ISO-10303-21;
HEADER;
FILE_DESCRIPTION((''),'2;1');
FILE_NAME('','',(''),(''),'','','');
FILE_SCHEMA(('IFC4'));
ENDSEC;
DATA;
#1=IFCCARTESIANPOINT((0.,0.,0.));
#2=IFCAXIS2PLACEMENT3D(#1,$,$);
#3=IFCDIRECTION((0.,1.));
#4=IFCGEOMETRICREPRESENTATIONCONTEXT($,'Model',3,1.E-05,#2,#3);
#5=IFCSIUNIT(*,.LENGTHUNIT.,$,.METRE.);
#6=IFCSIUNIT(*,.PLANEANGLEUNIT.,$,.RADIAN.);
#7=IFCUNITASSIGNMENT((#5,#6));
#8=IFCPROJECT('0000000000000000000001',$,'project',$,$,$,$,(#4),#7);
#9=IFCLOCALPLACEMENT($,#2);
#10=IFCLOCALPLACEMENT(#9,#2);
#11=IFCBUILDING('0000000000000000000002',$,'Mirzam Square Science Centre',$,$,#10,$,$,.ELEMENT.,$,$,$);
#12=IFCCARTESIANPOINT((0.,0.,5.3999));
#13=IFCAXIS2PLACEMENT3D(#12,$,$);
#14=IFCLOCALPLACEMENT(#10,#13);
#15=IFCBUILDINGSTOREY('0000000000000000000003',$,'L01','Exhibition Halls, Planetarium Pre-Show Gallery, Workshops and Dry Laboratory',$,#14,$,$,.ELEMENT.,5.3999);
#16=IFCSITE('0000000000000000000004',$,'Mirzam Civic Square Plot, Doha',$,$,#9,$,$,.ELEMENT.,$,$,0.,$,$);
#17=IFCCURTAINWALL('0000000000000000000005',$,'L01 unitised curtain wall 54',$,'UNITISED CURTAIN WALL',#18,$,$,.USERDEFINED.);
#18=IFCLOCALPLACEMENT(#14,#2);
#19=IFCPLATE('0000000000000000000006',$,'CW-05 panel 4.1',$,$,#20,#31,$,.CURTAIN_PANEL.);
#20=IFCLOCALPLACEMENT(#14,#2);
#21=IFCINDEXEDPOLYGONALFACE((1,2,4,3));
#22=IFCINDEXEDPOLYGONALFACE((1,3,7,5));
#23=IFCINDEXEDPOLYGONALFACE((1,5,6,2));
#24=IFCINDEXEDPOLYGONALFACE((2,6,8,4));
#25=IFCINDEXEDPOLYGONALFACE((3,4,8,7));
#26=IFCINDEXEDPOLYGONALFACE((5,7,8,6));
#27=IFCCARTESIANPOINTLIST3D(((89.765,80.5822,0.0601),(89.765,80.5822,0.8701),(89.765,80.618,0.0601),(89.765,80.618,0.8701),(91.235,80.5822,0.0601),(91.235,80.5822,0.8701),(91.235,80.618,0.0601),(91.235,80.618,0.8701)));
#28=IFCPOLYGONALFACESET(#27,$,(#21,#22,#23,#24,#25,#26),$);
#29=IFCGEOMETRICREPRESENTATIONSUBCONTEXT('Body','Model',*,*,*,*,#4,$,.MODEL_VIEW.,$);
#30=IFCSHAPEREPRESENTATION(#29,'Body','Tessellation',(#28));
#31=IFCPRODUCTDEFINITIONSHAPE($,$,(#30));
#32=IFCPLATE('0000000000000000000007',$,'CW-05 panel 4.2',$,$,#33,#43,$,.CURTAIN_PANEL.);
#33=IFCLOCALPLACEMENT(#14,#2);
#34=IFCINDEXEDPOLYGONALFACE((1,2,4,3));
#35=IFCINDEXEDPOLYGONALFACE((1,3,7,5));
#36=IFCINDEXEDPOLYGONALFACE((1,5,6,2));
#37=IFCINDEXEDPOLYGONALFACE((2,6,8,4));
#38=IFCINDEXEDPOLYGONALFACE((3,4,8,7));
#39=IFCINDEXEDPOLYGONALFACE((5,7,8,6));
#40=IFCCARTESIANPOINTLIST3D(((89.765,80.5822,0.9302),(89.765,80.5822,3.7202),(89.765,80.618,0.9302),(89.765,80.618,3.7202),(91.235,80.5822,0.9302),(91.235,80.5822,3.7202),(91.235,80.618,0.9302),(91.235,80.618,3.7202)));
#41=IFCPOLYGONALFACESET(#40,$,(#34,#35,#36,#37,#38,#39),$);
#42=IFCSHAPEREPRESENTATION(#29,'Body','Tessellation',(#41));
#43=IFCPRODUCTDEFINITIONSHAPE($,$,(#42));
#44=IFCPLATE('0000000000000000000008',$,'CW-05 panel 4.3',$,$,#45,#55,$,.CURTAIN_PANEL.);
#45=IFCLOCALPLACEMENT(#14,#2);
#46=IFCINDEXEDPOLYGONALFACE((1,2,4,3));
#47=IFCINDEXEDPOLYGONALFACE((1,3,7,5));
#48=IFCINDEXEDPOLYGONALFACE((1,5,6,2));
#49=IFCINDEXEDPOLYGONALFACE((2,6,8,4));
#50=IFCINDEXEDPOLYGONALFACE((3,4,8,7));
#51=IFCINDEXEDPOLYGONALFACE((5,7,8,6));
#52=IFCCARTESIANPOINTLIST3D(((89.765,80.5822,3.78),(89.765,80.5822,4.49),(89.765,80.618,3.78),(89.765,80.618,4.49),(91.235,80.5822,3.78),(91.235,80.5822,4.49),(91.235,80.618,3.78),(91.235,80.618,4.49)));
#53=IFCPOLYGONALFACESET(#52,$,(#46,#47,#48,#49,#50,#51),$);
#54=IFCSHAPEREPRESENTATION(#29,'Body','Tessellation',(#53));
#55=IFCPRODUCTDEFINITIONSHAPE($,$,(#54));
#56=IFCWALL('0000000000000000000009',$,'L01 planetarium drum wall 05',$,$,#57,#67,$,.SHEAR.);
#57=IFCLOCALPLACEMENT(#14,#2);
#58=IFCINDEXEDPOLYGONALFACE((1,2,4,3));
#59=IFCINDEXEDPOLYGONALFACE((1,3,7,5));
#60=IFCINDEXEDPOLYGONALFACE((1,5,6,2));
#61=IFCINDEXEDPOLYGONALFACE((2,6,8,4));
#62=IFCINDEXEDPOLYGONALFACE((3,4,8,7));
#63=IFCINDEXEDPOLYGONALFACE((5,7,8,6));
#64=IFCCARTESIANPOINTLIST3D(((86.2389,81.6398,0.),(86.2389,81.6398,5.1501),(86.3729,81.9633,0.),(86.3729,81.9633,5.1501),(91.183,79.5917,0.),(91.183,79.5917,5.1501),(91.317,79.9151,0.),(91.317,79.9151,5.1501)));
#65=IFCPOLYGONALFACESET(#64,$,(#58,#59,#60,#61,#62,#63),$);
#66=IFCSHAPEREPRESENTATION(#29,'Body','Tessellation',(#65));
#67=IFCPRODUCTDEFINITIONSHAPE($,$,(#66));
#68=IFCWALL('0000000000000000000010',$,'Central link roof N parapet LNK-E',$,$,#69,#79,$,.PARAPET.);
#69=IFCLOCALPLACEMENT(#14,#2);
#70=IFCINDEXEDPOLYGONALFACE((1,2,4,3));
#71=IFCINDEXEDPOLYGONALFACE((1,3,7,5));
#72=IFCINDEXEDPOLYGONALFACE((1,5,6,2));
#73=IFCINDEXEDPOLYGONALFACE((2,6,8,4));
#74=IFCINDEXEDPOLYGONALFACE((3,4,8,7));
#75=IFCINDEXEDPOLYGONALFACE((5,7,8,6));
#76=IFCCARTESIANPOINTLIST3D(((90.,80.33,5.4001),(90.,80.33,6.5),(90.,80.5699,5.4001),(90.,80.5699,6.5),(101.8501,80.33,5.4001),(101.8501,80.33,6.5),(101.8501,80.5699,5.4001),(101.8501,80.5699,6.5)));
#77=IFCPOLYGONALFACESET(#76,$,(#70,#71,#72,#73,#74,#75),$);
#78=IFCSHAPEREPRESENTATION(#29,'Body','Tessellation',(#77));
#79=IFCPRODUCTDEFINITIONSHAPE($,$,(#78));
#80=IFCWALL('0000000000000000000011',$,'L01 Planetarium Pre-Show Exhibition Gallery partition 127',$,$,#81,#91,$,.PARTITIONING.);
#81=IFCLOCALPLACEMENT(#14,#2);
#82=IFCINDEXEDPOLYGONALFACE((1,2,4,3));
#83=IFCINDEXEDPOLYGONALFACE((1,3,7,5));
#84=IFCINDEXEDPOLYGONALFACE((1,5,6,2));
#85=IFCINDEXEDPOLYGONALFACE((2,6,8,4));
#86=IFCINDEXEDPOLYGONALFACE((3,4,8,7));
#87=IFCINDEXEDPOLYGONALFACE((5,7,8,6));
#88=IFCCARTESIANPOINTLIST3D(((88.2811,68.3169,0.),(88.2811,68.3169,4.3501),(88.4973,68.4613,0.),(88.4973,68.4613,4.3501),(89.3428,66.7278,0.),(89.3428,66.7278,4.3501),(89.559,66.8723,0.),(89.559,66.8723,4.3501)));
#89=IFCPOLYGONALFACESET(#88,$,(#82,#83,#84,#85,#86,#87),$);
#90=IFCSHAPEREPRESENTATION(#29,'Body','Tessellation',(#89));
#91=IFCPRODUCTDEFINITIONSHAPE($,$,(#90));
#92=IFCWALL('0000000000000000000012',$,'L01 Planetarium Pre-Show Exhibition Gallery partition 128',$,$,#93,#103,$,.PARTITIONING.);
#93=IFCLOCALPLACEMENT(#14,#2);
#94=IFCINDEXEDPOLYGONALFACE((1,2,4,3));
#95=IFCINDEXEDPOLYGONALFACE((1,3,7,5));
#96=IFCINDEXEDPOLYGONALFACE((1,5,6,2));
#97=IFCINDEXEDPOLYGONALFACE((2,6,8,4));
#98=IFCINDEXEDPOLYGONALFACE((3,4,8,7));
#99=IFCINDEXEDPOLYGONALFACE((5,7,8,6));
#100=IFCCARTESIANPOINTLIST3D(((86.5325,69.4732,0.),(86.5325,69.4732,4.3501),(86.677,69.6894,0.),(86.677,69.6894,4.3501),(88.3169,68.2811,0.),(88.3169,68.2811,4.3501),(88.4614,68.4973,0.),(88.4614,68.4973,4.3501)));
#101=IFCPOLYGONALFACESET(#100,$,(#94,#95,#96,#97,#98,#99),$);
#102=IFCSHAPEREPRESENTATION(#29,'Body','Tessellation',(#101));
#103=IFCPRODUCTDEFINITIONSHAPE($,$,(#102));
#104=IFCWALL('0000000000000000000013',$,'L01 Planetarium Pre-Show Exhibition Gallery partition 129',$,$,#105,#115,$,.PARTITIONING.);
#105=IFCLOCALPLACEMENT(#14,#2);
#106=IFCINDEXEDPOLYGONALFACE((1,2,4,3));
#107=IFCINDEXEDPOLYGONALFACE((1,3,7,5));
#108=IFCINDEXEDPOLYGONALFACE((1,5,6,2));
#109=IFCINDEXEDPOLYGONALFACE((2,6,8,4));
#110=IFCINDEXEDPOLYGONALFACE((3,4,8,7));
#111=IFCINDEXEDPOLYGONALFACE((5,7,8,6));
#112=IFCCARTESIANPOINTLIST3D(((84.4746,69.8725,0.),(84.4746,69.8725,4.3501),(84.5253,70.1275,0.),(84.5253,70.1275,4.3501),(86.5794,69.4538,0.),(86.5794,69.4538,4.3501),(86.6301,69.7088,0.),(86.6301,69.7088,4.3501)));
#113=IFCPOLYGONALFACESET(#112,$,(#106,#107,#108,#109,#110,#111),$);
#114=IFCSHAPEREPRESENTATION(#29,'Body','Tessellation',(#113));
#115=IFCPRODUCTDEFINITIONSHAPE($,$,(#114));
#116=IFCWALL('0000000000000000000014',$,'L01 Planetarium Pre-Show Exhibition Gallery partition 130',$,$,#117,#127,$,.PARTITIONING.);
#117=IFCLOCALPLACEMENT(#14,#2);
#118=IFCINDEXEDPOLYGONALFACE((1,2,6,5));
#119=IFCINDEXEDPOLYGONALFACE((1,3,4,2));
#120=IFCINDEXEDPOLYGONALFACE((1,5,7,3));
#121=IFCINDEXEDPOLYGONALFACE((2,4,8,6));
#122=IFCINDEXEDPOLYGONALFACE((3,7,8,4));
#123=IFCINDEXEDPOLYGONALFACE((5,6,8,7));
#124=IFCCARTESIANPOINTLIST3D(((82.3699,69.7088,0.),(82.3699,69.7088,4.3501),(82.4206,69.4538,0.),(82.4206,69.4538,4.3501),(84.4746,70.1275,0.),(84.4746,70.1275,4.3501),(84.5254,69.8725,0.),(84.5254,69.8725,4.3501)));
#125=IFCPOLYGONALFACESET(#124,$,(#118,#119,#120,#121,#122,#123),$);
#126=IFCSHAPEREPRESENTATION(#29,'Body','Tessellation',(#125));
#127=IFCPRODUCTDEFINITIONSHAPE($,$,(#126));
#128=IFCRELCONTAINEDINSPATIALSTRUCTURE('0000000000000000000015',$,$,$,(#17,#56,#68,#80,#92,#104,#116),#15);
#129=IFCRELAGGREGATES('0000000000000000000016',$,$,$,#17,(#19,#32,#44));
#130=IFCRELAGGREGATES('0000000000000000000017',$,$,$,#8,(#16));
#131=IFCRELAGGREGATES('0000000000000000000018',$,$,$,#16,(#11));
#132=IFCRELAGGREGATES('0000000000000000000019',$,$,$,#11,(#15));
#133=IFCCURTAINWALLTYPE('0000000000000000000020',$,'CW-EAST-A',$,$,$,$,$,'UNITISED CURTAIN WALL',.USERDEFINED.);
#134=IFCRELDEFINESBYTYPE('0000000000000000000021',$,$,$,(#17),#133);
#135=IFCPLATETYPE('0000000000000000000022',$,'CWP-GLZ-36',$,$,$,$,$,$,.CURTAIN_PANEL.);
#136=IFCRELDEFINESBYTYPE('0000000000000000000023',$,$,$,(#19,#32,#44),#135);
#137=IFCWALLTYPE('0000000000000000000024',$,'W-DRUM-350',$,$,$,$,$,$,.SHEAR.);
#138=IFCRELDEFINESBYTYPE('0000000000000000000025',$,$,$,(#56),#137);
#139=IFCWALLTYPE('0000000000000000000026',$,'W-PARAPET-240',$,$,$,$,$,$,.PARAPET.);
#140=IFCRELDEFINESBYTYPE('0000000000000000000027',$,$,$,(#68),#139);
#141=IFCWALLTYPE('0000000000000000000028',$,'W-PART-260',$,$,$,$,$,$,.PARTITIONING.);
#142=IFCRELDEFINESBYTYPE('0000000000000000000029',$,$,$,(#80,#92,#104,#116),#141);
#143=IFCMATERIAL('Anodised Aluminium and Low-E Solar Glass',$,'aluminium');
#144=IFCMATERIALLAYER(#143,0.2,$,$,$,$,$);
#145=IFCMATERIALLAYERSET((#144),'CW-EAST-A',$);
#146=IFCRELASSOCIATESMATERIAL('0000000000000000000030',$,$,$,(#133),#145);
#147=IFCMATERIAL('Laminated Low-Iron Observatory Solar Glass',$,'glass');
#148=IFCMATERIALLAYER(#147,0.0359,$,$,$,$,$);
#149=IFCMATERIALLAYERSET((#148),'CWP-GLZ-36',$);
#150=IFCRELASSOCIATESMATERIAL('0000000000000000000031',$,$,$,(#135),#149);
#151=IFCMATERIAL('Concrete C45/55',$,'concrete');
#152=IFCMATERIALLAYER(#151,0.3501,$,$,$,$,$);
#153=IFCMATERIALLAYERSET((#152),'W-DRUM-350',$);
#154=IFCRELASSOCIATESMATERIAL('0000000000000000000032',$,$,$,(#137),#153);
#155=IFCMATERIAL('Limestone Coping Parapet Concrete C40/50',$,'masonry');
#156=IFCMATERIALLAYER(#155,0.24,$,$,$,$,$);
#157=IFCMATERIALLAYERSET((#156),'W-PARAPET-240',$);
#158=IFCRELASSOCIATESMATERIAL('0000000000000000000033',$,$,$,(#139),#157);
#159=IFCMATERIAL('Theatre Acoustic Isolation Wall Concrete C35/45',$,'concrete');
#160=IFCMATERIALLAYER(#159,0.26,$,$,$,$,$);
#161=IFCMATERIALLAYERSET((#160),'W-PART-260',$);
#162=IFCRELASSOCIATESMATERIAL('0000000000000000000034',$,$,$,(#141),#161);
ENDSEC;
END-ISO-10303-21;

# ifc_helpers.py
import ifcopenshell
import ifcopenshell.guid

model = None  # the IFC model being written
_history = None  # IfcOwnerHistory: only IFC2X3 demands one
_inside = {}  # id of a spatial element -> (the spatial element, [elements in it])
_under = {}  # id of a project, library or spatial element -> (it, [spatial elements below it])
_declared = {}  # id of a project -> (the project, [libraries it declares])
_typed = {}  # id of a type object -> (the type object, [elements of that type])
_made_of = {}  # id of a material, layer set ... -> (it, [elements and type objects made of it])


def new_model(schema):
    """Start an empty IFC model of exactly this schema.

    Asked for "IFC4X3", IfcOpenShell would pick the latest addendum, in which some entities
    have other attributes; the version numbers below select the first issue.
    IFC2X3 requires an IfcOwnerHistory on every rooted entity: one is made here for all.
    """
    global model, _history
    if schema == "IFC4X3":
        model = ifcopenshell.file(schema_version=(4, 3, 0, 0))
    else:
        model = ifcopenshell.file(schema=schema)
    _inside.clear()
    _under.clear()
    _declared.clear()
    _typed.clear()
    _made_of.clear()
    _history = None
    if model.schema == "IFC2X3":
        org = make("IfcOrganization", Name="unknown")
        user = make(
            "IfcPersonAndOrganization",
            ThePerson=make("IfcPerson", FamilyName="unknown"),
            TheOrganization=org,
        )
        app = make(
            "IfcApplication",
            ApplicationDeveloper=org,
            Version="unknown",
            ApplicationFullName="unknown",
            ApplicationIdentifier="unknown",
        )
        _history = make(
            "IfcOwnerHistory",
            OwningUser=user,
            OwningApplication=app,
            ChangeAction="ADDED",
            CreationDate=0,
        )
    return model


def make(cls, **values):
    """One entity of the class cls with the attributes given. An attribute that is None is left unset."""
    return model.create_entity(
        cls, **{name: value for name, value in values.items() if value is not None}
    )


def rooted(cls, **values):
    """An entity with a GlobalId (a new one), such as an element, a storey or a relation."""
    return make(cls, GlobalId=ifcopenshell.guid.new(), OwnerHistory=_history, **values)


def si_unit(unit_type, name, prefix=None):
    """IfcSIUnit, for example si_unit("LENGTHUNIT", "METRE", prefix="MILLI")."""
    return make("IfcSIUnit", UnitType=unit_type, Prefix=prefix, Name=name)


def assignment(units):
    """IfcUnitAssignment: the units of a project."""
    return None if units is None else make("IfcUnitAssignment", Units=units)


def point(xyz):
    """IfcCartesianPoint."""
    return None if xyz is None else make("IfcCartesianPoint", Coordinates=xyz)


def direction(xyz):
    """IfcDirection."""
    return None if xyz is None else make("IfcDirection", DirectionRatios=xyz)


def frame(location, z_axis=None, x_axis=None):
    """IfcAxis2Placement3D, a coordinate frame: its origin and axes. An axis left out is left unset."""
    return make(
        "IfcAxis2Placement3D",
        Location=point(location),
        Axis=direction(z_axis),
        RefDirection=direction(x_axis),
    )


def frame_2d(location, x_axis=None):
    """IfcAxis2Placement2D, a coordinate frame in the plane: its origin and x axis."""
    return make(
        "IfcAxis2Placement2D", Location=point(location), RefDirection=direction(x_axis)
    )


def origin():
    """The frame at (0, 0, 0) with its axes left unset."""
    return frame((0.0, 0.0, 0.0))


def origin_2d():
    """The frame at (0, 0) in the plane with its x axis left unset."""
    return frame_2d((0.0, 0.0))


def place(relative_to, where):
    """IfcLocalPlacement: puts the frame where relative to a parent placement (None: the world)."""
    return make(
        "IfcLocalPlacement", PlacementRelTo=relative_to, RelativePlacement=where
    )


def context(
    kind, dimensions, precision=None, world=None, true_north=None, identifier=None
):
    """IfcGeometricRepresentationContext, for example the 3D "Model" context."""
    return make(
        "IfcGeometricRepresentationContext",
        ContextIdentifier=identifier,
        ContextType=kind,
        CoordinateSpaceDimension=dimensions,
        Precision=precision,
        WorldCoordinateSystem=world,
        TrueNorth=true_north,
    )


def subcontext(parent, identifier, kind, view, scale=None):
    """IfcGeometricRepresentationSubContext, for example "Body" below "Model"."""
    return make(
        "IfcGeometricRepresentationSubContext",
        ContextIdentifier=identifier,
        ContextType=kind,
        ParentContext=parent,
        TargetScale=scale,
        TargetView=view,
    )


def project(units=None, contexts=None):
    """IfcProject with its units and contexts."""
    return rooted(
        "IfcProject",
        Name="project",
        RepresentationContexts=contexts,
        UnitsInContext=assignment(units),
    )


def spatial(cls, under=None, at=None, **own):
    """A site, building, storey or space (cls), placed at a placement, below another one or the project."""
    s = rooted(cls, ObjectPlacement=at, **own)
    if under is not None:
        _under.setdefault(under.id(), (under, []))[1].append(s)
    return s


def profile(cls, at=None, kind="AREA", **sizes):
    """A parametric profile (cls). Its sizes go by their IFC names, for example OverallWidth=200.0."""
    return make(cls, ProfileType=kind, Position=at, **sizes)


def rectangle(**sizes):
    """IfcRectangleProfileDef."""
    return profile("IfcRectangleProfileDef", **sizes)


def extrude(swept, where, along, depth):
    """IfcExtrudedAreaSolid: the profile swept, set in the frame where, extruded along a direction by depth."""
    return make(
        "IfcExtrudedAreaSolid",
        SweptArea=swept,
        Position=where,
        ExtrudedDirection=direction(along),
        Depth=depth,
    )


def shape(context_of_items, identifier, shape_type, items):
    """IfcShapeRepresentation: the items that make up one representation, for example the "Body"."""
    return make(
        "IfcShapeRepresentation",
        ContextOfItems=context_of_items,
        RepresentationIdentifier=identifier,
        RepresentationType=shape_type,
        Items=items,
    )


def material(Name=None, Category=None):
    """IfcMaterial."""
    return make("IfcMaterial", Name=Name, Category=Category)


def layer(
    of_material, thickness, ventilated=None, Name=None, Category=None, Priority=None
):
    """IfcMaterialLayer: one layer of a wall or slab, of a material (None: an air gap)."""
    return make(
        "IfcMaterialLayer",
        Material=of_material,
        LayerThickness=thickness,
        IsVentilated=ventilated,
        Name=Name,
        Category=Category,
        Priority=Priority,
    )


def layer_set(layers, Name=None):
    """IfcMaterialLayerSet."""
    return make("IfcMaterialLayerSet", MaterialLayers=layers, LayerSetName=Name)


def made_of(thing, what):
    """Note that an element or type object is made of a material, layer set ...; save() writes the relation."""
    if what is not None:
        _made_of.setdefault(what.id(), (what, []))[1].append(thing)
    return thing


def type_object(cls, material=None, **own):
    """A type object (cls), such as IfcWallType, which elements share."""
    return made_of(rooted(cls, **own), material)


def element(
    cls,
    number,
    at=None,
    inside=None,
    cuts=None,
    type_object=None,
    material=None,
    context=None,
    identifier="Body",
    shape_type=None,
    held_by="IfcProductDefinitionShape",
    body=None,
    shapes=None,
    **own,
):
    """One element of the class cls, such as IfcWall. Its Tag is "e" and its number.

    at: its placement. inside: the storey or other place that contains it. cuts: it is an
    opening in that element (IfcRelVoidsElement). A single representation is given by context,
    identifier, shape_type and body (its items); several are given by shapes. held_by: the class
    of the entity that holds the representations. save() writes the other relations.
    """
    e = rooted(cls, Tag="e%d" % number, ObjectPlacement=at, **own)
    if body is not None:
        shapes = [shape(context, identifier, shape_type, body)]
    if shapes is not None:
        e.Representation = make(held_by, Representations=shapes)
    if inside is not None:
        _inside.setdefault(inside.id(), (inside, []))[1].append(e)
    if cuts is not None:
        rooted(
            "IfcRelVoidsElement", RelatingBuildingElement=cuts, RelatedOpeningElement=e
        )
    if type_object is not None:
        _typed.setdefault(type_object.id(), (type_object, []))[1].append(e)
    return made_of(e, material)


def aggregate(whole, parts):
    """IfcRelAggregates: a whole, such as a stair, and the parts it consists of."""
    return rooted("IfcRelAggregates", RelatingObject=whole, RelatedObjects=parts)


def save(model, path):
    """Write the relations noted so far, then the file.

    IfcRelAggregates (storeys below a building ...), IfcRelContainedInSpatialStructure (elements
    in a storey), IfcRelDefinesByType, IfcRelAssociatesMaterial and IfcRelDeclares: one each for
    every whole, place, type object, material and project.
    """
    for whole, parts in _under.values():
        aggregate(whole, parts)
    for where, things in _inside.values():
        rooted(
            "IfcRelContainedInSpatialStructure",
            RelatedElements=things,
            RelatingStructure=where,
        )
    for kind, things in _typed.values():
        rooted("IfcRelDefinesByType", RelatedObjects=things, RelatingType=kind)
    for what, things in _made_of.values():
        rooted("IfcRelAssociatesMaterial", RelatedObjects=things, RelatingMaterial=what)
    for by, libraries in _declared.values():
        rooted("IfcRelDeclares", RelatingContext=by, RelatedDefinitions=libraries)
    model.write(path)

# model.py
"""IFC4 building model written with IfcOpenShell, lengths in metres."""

from ifc_helpers import new_model, si_unit, direction, frame, frame_2d, origin, origin_2d, place, context, subcontext, project, spatial, rectangle, extrude, material, layer, layer_set, type_object, element, aggregate, save


model = new_model("IFC4")

# Units and contexts
model_context = context("Model", 3, precision=1e-05, world=origin(), true_north=direction((0.0, 1.0)))
body_context = subcontext(model_context, "Body", "Model", "MODEL_VIEW")
ifc_project = project(units=[si_unit("LENGTHUNIT", "METRE"), si_unit("PLANEANGLEUNIT", "RADIAN")], contexts=[model_context])

# Site, building, storey
site_placement = place(None, origin())
site = spatial("IfcSite", under=ifc_project, at=site_placement, Name="Mirzam Civic Square Plot, Doha", CompositionType="ELEMENT", RefElevation=0.0)
building_placement = place(site_placement, origin())
building = spatial("IfcBuilding", under=site, at=building_placement, Name="Mirzam Square Science Centre", CompositionType="ELEMENT")
storey_placement = place(building_placement, frame((0.0, 0.0, 5.3999)))
storey = spatial("IfcBuildingStorey", under=building, at=storey_placement, Name="L01", Description="Exhibition Halls, Planetarium Pre-Show Gallery, Workshops and Dry Laboratory", CompositionType="ELEMENT", Elevation=5.3999)

# Shared definitions
ifc_material_1 = material(Name="Concrete C45/55", Category="concrete")

# Curtain wall, plates
ifc_material_2 = material(Name="Anodised Aluminium and Low-E Solar Glass", Category="aluminium")
ifc_layer_1 = layer(ifc_material_2, 0.2)
ifc_layer_set_1 = layer_set([ifc_layer_1], Name="CW-EAST-A")
curtain_wall_type = type_object("IfcCurtainWallType", Name="CW-EAST-A", ElementType="UNITISED CURTAIN WALL", PredefinedType="USERDEFINED", material=ifc_layer_set_1)
curtain_wall_placement = place(storey_placement, origin())
curtain_wall = element("IfcCurtainWall", 1, at=curtain_wall_placement, inside=storey, type_object=curtain_wall_type, Name="L01 unitised curtain wall 54", ObjectType="UNITISED CURTAIN WALL", PredefinedType="USERDEFINED")
ifc_material_3 = material(Name="Laminated Low-Iron Observatory Solar Glass", Category="glass")
ifc_layer_2 = layer(ifc_material_3, 0.0359)
ifc_layer_set_2 = layer_set([ifc_layer_2], Name="CWP-GLZ-36")
plate_type = type_object("IfcPlateType", Name="CWP-GLZ-36", PredefinedType="CURTAIN_PANEL", material=ifc_layer_set_2)
plate_1_placement = place(storey_placement, frame((90.5, 80.6001, 0.0601), z_axis=(0.0, 0.0, 1.0), x_axis=(-1.0, 0.0, 0.0)))
plate_1 = element("IfcPlate", 2, at=plate_1_placement, type_object=plate_type, Name="CW-05 panel 4.1", PredefinedType="CURTAIN_PANEL", context=body_context, shape_type="SweptSolid", body=[
    extrude(rectangle(XDim=1.47, YDim=0.0359, at=origin_2d()), origin(), (0.0, 0.0, 1.0), 0.8101),
])
plate_2_placement = place(storey_placement, frame((90.5, 80.6001, 0.9302), z_axis=(0.0, 0.0, 1.0), x_axis=(-1.0, 0.0, 0.0)))
plate_2 = element("IfcPlate", 3, at=plate_2_placement, type_object=plate_type, Name="CW-05 panel 4.2", PredefinedType="CURTAIN_PANEL", context=body_context, shape_type="SweptSolid", body=[
    extrude(rectangle(XDim=1.47, YDim=0.0359, at=origin_2d()), origin(), (0.0, 0.0, 1.0), 2.79),
])
plate_3_placement = place(storey_placement, frame((90.5, 80.6001, 3.78), z_axis=(0.0, 0.0, 1.0), x_axis=(-1.0, 0.0, 0.0)))
plate_3 = element("IfcPlate", 4, at=plate_3_placement, type_object=plate_type, Name="CW-05 panel 4.3", PredefinedType="CURTAIN_PANEL", context=body_context, shape_type="SweptSolid", body=[
    extrude(rectangle(XDim=1.47, YDim=0.0359, at=origin_2d()), origin(), (0.0, 0.0, 1.0), 0.71),
])
aggregate(curtain_wall, [plate_1, plate_2, plate_3])

# Walls
ifc_layer_3 = layer(ifc_material_1, 0.3501)
ifc_layer_set_3 = layer_set([ifc_layer_3], Name="W-DRUM-350")
wall_type_1 = type_object("IfcWallType", Name="W-DRUM-350", PredefinedType="SHEAR", material=ifc_layer_set_3)
wall_1_placement = place(storey_placement, frame((91.25, 79.7534, 0.0), z_axis=(0.0, 0.0, 1.0), x_axis=(-0.923867, 0.382713, 0.0)))
element("IfcWall", 5, at=wall_1_placement, inside=storey, type_object=wall_type_1, Name="L01 planetarium drum wall 05", PredefinedType="SHEAR", context=body_context, shape_type="SweptSolid", body=[
    extrude(rectangle(XDim=5.3516, YDim=0.3501, at=frame_2d((2.6758, 0.0))), origin(), (0.0, 0.0, 1.0), 5.1501),
])
ifc_material_4 = material(Name="Limestone Coping Parapet Concrete C40/50", Category="masonry")
ifc_layer_4 = layer(ifc_material_4, 0.24)
ifc_layer_set_4 = layer_set([ifc_layer_4], Name="W-PARAPET-240")
wall_type_2 = type_object("IfcWallType", Name="W-PARAPET-240", PredefinedType="PARAPET", material=ifc_layer_set_4)
wall_2_placement = place(storey_placement, frame((90.0, 80.45, 5.4001), z_axis=(0.0, 0.0, 1.0), x_axis=(1.0, 0.0, 0.0)))
element("IfcWall", 6, at=wall_2_placement, inside=storey, type_object=wall_type_2, Name="Central link roof N parapet LNK-E", PredefinedType="PARAPET", context=body_context, shape_type="SweptSolid", body=[
    extrude(rectangle(XDim=11.8501, YDim=0.24, at=frame_2d((5.925, 0.0))), origin(), (0.0, 0.0, 1.0), 1.0999),
])
ifc_material_5 = material(Name="Theatre Acoustic Isolation Wall Concrete C35/45", Category="concrete")
ifc_layer_5 = layer(ifc_material_5, 0.26)
ifc_layer_set_5 = layer_set([ifc_layer_5], Name="W-PART-260")
wall_type_3 = type_object("IfcWallType", Name="W-PART-260", PredefinedType="PARTITIONING", material=ifc_layer_set_5)
wall_3_placement = place(storey_placement, frame((89.4509, 66.8, 0.0), z_axis=(0.0, 0.0, 1.0), x_axis=(-0.555555, 0.83148, 0.0)))
element("IfcWall", 7, at=wall_3_placement, inside=storey, type_object=wall_type_3, Name="L01 Planetarium Pre-Show Exhibition Gallery partition 127", PredefinedType="PARTITIONING", context=body_context, shape_type="SweptSolid", body=[
    extrude(rectangle(XDim=1.9111, YDim=0.26, at=frame_2d((0.9556, 0.0))), origin(), (0.0, 0.0, 1.0), 4.3501),
])
for number, where, z_axis, x_axis, name in (
    (8, (88.3892, 68.3892, 0.0), (0.0, 0.0, 1.0), (-0.831507, 0.555514, 0.0), "L01 Planetarium Pre-Show Exhibition Gallery partition 128"),
    (9, (86.6047, 69.5813, 0.0), (0.0, 0.0, 1.0), (-0.980781, 0.19511, 0.0), "L01 Planetarium Pre-Show Exhibition Gallery partition 129"),
    (10, (84.5, 70.0, 0.0), (0.0, 0.0, 1.0), (-0.980781, -0.19511, 0.0), "L01 Planetarium Pre-Show Exhibition Gallery partition 130"),
):
    element("IfcWall", number, at=place(storey_placement, frame(where, z_axis=z_axis, x_axis=x_axis)), inside=storey, type_object=wall_type_3, Name=name, PredefinedType="PARTITIONING", context=body_context, shape_type="SweptSolid", body=[
        extrude(rectangle(XDim=2.146, YDim=0.26, at=frame_2d((1.073, 0.0))), origin(), (0.0, 0.0, 1.0), 4.3501),
    ])

save(model, "model.ifc")
